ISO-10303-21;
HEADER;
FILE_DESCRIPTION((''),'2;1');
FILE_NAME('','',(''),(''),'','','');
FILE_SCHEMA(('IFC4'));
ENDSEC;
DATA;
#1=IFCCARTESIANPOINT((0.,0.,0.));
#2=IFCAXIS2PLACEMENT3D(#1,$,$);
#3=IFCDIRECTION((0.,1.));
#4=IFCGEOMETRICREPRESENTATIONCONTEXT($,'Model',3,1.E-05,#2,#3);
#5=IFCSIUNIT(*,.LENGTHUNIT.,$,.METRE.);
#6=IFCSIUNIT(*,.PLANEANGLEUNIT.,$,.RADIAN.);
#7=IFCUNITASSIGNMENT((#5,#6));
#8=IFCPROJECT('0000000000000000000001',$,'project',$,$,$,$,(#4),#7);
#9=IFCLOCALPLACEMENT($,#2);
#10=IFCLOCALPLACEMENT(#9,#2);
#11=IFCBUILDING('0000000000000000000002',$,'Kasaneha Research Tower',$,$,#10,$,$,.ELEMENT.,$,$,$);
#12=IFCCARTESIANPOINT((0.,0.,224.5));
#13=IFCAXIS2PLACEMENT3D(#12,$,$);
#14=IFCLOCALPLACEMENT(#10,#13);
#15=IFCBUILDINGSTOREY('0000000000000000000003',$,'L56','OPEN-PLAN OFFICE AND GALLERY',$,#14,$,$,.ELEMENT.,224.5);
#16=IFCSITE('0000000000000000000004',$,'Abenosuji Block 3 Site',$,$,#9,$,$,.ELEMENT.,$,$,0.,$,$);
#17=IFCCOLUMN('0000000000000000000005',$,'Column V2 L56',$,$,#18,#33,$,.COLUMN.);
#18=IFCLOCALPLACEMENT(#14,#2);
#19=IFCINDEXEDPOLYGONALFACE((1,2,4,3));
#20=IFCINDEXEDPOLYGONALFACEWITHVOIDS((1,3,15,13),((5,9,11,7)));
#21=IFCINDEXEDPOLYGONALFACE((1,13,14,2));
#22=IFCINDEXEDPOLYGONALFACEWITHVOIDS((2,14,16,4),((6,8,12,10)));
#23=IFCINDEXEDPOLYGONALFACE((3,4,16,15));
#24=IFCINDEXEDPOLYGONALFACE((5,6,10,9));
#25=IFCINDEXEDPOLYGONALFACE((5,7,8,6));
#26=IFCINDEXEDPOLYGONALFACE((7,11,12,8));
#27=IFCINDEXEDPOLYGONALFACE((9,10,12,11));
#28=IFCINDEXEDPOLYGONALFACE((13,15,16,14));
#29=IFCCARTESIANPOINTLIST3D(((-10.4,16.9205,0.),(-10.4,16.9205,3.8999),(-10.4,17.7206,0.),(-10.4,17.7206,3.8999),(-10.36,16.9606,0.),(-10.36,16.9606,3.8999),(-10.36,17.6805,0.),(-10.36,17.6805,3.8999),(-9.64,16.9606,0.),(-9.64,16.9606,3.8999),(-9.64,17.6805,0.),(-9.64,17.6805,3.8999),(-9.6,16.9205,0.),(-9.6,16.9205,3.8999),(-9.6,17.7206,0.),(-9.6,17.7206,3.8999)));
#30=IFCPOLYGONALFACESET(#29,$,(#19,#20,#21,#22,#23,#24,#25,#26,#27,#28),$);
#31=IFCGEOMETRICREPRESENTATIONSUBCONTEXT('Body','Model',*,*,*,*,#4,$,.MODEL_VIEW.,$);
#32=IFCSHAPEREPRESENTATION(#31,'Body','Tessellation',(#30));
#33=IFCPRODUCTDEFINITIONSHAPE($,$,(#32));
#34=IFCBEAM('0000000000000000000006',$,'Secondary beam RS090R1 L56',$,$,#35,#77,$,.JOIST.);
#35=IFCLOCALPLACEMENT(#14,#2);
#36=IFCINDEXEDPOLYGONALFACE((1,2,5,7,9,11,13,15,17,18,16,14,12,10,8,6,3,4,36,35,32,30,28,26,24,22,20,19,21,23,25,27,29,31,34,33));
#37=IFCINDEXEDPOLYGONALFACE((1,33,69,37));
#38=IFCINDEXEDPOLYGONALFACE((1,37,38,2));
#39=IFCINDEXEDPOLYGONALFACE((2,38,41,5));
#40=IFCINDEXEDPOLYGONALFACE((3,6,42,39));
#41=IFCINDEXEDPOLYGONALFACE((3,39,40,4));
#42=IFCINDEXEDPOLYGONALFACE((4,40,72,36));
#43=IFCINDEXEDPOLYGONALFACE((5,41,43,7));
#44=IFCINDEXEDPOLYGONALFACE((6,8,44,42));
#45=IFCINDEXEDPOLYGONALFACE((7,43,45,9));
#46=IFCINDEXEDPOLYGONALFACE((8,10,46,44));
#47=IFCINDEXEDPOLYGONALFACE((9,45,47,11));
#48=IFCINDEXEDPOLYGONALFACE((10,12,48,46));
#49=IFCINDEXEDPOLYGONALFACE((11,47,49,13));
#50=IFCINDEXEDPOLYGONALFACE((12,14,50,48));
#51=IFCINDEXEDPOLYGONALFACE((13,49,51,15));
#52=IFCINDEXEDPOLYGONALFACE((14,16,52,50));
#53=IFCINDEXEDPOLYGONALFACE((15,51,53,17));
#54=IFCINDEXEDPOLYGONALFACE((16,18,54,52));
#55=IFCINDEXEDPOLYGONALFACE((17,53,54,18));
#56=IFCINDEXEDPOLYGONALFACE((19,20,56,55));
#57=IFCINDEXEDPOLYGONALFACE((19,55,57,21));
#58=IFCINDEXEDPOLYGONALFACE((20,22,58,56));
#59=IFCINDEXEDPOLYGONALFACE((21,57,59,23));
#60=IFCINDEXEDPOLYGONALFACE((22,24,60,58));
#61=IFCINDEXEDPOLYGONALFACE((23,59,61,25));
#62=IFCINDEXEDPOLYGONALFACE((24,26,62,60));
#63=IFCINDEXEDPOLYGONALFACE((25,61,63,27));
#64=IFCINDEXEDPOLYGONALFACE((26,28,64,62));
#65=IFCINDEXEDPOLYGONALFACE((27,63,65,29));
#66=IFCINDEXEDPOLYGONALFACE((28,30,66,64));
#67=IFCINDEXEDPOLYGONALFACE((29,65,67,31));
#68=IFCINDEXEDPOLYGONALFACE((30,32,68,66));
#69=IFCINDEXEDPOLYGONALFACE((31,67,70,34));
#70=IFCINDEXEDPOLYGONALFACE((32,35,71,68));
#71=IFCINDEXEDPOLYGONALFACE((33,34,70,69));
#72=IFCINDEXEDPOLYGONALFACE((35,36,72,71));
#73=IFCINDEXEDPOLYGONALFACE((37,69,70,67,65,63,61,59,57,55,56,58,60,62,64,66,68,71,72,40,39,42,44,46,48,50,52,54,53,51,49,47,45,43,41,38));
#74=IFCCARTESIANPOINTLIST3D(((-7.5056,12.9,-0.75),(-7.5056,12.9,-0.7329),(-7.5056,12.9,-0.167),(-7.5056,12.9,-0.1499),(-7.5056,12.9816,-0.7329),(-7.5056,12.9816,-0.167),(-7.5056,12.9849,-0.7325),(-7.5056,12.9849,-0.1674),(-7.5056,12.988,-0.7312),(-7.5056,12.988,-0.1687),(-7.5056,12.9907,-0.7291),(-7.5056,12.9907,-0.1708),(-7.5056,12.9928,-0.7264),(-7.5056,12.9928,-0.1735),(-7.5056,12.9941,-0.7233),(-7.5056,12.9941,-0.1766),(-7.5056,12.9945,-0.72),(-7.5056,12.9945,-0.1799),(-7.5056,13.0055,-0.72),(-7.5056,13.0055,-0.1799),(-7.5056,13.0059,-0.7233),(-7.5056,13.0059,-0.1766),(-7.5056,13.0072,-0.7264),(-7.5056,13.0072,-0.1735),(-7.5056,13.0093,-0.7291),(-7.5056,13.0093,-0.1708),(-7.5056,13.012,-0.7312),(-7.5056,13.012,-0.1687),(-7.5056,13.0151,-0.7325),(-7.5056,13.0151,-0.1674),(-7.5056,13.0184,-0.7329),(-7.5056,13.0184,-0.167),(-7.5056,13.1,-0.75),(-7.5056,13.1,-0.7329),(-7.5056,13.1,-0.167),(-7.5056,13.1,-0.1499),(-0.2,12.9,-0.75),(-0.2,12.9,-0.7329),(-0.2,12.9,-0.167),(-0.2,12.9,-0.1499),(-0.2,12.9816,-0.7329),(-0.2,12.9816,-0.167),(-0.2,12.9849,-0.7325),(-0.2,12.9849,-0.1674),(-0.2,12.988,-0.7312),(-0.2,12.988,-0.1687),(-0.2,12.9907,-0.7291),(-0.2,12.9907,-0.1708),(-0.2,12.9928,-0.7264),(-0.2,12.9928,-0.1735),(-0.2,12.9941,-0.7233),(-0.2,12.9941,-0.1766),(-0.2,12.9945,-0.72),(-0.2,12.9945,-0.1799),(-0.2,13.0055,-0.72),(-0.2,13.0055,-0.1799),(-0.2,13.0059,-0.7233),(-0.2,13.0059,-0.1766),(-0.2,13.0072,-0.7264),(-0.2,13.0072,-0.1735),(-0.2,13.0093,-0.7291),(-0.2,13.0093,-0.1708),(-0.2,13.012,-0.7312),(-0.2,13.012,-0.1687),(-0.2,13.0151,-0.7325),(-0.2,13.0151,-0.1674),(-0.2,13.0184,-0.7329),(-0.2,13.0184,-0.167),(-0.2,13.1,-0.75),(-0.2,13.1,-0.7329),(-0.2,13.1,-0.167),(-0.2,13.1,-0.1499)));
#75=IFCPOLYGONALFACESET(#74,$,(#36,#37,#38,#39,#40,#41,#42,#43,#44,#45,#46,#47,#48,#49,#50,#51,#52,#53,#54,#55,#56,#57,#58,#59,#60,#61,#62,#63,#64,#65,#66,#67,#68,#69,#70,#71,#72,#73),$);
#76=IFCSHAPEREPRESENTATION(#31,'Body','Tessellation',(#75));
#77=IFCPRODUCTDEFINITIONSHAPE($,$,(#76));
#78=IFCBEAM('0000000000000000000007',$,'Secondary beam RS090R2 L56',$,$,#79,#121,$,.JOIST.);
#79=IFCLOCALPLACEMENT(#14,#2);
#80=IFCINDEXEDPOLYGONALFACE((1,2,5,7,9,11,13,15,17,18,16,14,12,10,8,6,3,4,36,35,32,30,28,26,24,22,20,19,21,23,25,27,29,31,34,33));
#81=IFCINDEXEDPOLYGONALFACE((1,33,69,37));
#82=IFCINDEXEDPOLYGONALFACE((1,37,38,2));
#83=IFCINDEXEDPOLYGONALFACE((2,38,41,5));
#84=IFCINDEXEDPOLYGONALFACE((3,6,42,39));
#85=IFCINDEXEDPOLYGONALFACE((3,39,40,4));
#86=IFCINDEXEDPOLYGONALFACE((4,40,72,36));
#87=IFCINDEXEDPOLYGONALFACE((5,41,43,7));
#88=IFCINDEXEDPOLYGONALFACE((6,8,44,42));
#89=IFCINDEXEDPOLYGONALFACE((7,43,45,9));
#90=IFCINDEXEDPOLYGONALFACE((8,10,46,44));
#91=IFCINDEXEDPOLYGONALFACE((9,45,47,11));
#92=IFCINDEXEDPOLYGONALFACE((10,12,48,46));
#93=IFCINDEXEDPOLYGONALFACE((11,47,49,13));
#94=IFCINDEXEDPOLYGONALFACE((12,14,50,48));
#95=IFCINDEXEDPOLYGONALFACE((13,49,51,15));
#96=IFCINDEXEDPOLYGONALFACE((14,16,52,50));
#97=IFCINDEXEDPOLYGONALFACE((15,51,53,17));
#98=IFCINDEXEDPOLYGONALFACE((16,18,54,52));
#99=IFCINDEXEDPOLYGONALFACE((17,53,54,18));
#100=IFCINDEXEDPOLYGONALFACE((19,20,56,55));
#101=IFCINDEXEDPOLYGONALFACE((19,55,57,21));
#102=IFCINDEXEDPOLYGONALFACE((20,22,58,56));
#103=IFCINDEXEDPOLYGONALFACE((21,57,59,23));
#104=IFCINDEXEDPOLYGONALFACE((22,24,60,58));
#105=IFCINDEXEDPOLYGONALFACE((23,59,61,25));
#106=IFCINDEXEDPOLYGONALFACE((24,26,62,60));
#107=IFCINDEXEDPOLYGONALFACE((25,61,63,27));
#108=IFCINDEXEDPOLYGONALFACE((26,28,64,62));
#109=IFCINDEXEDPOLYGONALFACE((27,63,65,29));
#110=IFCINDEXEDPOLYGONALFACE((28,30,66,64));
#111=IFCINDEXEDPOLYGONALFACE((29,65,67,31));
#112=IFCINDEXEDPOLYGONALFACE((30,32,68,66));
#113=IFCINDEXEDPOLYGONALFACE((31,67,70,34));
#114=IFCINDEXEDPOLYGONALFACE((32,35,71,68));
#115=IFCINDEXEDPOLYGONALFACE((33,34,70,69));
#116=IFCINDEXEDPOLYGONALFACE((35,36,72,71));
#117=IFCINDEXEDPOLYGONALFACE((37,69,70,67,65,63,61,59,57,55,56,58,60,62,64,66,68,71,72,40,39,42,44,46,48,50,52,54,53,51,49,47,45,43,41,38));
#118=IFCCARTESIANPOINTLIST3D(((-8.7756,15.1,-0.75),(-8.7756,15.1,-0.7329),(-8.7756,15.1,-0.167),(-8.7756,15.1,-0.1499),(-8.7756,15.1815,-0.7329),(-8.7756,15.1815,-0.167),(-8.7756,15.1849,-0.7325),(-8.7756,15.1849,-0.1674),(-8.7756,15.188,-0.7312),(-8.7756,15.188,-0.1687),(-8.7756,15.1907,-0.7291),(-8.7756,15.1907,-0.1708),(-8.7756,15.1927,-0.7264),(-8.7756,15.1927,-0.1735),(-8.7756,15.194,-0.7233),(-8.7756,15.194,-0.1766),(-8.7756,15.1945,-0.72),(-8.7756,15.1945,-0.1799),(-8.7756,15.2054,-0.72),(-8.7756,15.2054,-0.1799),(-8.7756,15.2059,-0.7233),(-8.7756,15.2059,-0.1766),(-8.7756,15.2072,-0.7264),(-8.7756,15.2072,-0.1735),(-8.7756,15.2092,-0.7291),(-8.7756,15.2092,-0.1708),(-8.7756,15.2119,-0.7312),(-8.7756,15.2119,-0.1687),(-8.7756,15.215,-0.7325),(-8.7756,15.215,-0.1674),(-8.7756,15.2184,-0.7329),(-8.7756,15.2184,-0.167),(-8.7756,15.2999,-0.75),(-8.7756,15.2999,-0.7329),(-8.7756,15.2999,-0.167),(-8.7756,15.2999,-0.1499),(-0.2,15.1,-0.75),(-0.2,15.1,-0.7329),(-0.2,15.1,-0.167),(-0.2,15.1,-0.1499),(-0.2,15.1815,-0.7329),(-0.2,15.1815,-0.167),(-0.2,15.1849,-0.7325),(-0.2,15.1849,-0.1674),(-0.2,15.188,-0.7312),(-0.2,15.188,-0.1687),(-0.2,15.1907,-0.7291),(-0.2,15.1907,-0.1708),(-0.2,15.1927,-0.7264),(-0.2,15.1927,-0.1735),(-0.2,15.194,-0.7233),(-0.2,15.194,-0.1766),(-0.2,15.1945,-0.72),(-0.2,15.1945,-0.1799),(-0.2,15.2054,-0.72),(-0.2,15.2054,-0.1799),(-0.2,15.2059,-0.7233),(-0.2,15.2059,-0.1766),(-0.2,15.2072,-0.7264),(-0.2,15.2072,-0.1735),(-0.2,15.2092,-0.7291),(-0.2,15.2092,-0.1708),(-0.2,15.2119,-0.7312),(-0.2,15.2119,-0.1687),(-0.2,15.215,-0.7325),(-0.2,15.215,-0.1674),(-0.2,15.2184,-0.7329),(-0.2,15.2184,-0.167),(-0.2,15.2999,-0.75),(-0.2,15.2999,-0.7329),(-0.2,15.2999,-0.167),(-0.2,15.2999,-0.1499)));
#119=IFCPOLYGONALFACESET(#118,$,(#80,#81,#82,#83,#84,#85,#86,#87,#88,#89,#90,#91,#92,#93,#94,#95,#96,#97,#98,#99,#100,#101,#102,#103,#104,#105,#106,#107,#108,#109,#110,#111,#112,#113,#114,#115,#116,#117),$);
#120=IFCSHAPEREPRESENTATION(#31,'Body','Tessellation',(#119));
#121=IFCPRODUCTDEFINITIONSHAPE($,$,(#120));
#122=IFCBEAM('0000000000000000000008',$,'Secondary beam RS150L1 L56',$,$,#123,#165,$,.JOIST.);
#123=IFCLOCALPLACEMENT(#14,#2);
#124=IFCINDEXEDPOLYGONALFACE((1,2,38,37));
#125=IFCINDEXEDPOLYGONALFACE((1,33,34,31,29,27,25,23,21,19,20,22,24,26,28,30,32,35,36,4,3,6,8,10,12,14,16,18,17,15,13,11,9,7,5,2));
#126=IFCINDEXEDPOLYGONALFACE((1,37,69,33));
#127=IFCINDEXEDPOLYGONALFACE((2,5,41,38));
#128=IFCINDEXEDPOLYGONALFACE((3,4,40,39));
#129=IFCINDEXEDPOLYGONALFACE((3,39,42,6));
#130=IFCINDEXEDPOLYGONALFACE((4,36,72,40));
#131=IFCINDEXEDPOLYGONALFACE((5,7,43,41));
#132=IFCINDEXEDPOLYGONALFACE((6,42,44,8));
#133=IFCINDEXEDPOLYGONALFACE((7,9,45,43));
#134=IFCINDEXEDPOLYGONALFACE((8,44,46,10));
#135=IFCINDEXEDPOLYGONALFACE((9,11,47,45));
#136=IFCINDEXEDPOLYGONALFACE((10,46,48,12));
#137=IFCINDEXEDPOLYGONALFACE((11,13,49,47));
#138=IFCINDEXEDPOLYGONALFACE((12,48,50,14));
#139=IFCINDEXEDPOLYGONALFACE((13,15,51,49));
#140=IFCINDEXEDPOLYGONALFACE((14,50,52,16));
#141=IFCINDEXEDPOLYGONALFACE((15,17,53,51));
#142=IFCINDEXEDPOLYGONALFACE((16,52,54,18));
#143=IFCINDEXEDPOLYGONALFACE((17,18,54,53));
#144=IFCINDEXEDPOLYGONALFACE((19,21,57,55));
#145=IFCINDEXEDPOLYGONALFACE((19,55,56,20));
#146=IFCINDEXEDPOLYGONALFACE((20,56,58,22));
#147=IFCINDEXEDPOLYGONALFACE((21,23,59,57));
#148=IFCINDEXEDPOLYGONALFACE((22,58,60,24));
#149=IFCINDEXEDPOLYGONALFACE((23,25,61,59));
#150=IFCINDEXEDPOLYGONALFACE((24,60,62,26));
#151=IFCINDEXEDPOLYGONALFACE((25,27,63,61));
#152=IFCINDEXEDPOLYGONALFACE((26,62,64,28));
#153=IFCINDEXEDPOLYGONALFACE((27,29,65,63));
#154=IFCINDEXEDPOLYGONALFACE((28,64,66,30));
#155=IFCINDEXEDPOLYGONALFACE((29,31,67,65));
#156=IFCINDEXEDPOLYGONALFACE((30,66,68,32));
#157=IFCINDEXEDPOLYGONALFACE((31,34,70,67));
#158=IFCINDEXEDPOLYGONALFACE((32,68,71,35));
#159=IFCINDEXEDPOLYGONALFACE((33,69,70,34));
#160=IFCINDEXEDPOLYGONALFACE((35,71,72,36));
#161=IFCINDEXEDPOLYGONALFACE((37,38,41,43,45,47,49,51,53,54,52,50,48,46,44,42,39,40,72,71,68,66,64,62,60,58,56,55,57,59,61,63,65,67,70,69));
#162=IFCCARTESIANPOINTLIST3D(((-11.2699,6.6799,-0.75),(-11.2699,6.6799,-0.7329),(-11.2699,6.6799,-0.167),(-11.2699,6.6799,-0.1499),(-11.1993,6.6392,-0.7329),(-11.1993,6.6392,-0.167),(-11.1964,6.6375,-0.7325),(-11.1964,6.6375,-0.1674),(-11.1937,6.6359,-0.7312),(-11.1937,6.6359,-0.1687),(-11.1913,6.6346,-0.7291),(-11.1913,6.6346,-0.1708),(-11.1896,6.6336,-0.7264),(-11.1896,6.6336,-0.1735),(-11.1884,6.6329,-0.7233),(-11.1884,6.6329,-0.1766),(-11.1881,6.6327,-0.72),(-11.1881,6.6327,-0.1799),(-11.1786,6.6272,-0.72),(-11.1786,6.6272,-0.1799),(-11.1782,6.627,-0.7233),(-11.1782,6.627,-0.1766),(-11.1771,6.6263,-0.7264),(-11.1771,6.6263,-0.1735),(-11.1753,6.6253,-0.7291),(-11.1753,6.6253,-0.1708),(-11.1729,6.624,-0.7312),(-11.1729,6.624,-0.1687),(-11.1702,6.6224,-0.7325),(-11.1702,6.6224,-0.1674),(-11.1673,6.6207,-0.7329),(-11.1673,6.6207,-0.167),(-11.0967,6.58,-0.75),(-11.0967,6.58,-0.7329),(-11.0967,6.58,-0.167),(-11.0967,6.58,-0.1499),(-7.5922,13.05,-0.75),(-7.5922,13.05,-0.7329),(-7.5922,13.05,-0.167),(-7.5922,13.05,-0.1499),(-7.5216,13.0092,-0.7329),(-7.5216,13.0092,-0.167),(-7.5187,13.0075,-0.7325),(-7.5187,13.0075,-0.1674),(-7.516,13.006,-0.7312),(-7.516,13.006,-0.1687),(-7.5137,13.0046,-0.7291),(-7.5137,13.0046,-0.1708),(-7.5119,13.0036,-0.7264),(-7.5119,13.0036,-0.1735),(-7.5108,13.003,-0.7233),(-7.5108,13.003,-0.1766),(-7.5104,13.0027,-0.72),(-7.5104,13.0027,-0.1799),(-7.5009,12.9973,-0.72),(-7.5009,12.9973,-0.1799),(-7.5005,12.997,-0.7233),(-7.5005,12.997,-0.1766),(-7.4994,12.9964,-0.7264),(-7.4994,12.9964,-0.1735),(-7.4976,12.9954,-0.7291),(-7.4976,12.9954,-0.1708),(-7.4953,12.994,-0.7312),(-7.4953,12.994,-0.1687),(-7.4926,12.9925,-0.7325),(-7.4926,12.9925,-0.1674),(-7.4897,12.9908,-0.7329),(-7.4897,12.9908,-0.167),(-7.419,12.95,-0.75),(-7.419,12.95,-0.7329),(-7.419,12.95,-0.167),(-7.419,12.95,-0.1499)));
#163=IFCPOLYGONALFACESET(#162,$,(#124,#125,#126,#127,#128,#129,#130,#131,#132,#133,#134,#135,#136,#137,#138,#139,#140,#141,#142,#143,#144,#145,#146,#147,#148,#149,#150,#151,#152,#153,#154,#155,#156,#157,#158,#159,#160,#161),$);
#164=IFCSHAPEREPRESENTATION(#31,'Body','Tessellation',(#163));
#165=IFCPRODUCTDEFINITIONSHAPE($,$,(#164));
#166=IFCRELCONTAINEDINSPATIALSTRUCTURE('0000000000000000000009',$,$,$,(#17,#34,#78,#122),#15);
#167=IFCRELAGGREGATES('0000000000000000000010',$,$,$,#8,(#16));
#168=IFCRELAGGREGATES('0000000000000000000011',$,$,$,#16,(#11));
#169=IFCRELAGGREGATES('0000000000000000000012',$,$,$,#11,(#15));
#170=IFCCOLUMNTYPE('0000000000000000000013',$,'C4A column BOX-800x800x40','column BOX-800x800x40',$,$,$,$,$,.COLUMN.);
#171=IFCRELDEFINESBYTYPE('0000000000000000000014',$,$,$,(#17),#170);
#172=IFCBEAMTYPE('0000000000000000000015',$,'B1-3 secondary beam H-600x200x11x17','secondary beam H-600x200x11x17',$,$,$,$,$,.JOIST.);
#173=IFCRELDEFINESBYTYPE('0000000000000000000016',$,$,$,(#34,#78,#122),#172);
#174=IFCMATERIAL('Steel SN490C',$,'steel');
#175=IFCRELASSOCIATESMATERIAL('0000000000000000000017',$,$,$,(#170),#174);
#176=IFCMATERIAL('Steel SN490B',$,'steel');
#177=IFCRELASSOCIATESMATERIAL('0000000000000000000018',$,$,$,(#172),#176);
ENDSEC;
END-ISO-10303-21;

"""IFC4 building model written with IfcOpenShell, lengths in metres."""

from ifc_helpers import new_model, si_unit, direction, frame, origin, origin_2d, place, context, subcontext, project, spatial, hollow_rectangle, i_section, extrude, material, material_profile, profile_set, type_object, element, save


model = new_model("IFC4")

# Units and contexts
model_context = context("Model", 3, precision=1e-05, world=origin(), true_north=direction((0.0, 1.0)))
body_context = subcontext(model_context, "Body", "Model", "MODEL_VIEW")
ifc_project = project(units=[si_unit("LENGTHUNIT", "METRE"), si_unit("PLANEANGLEUNIT", "RADIAN")], contexts=[model_context])

# Site, building, storey
site_placement = place(None, origin())
site = spatial("IfcSite", under=ifc_project, at=site_placement, Name="Abenosuji Block 3 Site", CompositionType="ELEMENT", RefElevation=0.0)
building_placement = place(site_placement, origin())
building = spatial("IfcBuilding", under=site, at=building_placement, Name="Kasaneha Research Tower", CompositionType="ELEMENT")
storey_placement = place(building_placement, frame((0.0, 0.0, 224.5)))
storey = spatial("IfcBuildingStorey", under=building, at=storey_placement, Name="L56", Description="OPEN-PLAN OFFICE AND GALLERY", CompositionType="ELEMENT", Elevation=224.5)

# Column
ifc_material_1 = material(Name="Steel SN490C", Category="steel")
ifc_material_profile_1 = material_profile(ifc_material_1, hollow_rectangle(XDim=0.8, YDim=0.8, WallThickness=0.04, at=origin_2d()), Name="BOX-800x800x40")
ifc_profile_set_1 = profile_set([ifc_material_profile_1], Name="Steel SN490C")
column_type = type_object("IfcColumnType", Name="C4A column BOX-800x800x40", Description="column BOX-800x800x40", PredefinedType="COLUMN", material=ifc_profile_set_1)
column_placement = place(storey_placement, frame((-10.0, 17.3206, 0.0), z_axis=(0.0, 0.0, 1.0), x_axis=(1.0, 0.0, 0.0)))
element("IfcColumn", 1, at=column_placement, inside=storey, type_object=column_type, Name="Column V2 L56", PredefinedType="COLUMN", context=body_context, shape_type="SweptSolid", body=[
    extrude(hollow_rectangle(XDim=0.8, YDim=0.8, WallThickness=0.04, at=origin_2d()), origin(), (0.0, 0.0, 1.0), 3.8999),
])

# Beams
ifc_material_2 = material(Name="Steel SN490B", Category="steel")
ifc_material_profile_2 = material_profile(ifc_material_2, i_section(OverallWidth=0.2, OverallDepth=0.6001, WebThickness=0.011, FlangeThickness=0.0171, FilletRadius=0.0129, at=origin_2d()), Name="H-600x200x11x17")
ifc_profile_set_2 = profile_set([ifc_material_profile_2], Name="Steel SN490B")
beam_type_1 = type_object("IfcBeamType", Name="B1-3 secondary beam H-600x200x11x17", Description="secondary beam H-600x200x11x17", PredefinedType="JOIST", material=ifc_profile_set_2)
beam_1_placement = place(storey_placement, frame((-7.5056, 13.0, -0.45), z_axis=(1.0, 0.0, 0.0), x_axis=(0.0, 1.0, 0.0)))
element("IfcBeam", 2, at=beam_1_placement, inside=storey, type_object=beam_type_1, Name="Secondary beam RS090R1 L56", PredefinedType="JOIST", context=body_context, shape_type="SweptSolid", body=[
    extrude(i_section(OverallWidth=0.2, OverallDepth=0.6001, WebThickness=0.011, FlangeThickness=0.0171, FilletRadius=0.0129, at=origin_2d()), origin(), (0.0, 0.0, 1.0), 7.3057),
])
beam_2_placement = place(storey_placement, frame((-8.7756, 15.2, -0.45), z_axis=(1.0, 0.0, 0.0), x_axis=(0.0, 1.0, 0.0)))
element("IfcBeam", 3, at=beam_2_placement, inside=storey, type_object=beam_type_1, Name="Secondary beam RS090R2 L56", PredefinedType="JOIST", context=body_context, shape_type="SweptSolid", body=[
    extrude(i_section(OverallWidth=0.2, OverallDepth=0.6001, WebThickness=0.011, FlangeThickness=0.0171, FilletRadius=0.0129, at=origin_2d()), origin(), (0.0, 0.0, 1.0), 8.5757),
])
beam_3_placement = place(storey_placement, frame((-7.5056, 13.0, -0.45), z_axis=(-0.499994, -0.866029, 0.0), x_axis=(0.866029, -0.499994, 0.0)))
element("IfcBeam", 4, at=beam_3_placement, inside=storey, type_object=beam_type_1, Name="Secondary beam RS150L1 L56", PredefinedType="JOIST", context=body_context, shape_type="SweptSolid", body=[
    extrude(i_section(OverallWidth=0.2, OverallDepth=0.6001, WebThickness=0.011, FlangeThickness=0.0171, FilletRadius=0.0129, at=origin_2d()), origin(), (0.0, 0.0, 1.0), 7.3555),
])

save(model, "model.ifc")
